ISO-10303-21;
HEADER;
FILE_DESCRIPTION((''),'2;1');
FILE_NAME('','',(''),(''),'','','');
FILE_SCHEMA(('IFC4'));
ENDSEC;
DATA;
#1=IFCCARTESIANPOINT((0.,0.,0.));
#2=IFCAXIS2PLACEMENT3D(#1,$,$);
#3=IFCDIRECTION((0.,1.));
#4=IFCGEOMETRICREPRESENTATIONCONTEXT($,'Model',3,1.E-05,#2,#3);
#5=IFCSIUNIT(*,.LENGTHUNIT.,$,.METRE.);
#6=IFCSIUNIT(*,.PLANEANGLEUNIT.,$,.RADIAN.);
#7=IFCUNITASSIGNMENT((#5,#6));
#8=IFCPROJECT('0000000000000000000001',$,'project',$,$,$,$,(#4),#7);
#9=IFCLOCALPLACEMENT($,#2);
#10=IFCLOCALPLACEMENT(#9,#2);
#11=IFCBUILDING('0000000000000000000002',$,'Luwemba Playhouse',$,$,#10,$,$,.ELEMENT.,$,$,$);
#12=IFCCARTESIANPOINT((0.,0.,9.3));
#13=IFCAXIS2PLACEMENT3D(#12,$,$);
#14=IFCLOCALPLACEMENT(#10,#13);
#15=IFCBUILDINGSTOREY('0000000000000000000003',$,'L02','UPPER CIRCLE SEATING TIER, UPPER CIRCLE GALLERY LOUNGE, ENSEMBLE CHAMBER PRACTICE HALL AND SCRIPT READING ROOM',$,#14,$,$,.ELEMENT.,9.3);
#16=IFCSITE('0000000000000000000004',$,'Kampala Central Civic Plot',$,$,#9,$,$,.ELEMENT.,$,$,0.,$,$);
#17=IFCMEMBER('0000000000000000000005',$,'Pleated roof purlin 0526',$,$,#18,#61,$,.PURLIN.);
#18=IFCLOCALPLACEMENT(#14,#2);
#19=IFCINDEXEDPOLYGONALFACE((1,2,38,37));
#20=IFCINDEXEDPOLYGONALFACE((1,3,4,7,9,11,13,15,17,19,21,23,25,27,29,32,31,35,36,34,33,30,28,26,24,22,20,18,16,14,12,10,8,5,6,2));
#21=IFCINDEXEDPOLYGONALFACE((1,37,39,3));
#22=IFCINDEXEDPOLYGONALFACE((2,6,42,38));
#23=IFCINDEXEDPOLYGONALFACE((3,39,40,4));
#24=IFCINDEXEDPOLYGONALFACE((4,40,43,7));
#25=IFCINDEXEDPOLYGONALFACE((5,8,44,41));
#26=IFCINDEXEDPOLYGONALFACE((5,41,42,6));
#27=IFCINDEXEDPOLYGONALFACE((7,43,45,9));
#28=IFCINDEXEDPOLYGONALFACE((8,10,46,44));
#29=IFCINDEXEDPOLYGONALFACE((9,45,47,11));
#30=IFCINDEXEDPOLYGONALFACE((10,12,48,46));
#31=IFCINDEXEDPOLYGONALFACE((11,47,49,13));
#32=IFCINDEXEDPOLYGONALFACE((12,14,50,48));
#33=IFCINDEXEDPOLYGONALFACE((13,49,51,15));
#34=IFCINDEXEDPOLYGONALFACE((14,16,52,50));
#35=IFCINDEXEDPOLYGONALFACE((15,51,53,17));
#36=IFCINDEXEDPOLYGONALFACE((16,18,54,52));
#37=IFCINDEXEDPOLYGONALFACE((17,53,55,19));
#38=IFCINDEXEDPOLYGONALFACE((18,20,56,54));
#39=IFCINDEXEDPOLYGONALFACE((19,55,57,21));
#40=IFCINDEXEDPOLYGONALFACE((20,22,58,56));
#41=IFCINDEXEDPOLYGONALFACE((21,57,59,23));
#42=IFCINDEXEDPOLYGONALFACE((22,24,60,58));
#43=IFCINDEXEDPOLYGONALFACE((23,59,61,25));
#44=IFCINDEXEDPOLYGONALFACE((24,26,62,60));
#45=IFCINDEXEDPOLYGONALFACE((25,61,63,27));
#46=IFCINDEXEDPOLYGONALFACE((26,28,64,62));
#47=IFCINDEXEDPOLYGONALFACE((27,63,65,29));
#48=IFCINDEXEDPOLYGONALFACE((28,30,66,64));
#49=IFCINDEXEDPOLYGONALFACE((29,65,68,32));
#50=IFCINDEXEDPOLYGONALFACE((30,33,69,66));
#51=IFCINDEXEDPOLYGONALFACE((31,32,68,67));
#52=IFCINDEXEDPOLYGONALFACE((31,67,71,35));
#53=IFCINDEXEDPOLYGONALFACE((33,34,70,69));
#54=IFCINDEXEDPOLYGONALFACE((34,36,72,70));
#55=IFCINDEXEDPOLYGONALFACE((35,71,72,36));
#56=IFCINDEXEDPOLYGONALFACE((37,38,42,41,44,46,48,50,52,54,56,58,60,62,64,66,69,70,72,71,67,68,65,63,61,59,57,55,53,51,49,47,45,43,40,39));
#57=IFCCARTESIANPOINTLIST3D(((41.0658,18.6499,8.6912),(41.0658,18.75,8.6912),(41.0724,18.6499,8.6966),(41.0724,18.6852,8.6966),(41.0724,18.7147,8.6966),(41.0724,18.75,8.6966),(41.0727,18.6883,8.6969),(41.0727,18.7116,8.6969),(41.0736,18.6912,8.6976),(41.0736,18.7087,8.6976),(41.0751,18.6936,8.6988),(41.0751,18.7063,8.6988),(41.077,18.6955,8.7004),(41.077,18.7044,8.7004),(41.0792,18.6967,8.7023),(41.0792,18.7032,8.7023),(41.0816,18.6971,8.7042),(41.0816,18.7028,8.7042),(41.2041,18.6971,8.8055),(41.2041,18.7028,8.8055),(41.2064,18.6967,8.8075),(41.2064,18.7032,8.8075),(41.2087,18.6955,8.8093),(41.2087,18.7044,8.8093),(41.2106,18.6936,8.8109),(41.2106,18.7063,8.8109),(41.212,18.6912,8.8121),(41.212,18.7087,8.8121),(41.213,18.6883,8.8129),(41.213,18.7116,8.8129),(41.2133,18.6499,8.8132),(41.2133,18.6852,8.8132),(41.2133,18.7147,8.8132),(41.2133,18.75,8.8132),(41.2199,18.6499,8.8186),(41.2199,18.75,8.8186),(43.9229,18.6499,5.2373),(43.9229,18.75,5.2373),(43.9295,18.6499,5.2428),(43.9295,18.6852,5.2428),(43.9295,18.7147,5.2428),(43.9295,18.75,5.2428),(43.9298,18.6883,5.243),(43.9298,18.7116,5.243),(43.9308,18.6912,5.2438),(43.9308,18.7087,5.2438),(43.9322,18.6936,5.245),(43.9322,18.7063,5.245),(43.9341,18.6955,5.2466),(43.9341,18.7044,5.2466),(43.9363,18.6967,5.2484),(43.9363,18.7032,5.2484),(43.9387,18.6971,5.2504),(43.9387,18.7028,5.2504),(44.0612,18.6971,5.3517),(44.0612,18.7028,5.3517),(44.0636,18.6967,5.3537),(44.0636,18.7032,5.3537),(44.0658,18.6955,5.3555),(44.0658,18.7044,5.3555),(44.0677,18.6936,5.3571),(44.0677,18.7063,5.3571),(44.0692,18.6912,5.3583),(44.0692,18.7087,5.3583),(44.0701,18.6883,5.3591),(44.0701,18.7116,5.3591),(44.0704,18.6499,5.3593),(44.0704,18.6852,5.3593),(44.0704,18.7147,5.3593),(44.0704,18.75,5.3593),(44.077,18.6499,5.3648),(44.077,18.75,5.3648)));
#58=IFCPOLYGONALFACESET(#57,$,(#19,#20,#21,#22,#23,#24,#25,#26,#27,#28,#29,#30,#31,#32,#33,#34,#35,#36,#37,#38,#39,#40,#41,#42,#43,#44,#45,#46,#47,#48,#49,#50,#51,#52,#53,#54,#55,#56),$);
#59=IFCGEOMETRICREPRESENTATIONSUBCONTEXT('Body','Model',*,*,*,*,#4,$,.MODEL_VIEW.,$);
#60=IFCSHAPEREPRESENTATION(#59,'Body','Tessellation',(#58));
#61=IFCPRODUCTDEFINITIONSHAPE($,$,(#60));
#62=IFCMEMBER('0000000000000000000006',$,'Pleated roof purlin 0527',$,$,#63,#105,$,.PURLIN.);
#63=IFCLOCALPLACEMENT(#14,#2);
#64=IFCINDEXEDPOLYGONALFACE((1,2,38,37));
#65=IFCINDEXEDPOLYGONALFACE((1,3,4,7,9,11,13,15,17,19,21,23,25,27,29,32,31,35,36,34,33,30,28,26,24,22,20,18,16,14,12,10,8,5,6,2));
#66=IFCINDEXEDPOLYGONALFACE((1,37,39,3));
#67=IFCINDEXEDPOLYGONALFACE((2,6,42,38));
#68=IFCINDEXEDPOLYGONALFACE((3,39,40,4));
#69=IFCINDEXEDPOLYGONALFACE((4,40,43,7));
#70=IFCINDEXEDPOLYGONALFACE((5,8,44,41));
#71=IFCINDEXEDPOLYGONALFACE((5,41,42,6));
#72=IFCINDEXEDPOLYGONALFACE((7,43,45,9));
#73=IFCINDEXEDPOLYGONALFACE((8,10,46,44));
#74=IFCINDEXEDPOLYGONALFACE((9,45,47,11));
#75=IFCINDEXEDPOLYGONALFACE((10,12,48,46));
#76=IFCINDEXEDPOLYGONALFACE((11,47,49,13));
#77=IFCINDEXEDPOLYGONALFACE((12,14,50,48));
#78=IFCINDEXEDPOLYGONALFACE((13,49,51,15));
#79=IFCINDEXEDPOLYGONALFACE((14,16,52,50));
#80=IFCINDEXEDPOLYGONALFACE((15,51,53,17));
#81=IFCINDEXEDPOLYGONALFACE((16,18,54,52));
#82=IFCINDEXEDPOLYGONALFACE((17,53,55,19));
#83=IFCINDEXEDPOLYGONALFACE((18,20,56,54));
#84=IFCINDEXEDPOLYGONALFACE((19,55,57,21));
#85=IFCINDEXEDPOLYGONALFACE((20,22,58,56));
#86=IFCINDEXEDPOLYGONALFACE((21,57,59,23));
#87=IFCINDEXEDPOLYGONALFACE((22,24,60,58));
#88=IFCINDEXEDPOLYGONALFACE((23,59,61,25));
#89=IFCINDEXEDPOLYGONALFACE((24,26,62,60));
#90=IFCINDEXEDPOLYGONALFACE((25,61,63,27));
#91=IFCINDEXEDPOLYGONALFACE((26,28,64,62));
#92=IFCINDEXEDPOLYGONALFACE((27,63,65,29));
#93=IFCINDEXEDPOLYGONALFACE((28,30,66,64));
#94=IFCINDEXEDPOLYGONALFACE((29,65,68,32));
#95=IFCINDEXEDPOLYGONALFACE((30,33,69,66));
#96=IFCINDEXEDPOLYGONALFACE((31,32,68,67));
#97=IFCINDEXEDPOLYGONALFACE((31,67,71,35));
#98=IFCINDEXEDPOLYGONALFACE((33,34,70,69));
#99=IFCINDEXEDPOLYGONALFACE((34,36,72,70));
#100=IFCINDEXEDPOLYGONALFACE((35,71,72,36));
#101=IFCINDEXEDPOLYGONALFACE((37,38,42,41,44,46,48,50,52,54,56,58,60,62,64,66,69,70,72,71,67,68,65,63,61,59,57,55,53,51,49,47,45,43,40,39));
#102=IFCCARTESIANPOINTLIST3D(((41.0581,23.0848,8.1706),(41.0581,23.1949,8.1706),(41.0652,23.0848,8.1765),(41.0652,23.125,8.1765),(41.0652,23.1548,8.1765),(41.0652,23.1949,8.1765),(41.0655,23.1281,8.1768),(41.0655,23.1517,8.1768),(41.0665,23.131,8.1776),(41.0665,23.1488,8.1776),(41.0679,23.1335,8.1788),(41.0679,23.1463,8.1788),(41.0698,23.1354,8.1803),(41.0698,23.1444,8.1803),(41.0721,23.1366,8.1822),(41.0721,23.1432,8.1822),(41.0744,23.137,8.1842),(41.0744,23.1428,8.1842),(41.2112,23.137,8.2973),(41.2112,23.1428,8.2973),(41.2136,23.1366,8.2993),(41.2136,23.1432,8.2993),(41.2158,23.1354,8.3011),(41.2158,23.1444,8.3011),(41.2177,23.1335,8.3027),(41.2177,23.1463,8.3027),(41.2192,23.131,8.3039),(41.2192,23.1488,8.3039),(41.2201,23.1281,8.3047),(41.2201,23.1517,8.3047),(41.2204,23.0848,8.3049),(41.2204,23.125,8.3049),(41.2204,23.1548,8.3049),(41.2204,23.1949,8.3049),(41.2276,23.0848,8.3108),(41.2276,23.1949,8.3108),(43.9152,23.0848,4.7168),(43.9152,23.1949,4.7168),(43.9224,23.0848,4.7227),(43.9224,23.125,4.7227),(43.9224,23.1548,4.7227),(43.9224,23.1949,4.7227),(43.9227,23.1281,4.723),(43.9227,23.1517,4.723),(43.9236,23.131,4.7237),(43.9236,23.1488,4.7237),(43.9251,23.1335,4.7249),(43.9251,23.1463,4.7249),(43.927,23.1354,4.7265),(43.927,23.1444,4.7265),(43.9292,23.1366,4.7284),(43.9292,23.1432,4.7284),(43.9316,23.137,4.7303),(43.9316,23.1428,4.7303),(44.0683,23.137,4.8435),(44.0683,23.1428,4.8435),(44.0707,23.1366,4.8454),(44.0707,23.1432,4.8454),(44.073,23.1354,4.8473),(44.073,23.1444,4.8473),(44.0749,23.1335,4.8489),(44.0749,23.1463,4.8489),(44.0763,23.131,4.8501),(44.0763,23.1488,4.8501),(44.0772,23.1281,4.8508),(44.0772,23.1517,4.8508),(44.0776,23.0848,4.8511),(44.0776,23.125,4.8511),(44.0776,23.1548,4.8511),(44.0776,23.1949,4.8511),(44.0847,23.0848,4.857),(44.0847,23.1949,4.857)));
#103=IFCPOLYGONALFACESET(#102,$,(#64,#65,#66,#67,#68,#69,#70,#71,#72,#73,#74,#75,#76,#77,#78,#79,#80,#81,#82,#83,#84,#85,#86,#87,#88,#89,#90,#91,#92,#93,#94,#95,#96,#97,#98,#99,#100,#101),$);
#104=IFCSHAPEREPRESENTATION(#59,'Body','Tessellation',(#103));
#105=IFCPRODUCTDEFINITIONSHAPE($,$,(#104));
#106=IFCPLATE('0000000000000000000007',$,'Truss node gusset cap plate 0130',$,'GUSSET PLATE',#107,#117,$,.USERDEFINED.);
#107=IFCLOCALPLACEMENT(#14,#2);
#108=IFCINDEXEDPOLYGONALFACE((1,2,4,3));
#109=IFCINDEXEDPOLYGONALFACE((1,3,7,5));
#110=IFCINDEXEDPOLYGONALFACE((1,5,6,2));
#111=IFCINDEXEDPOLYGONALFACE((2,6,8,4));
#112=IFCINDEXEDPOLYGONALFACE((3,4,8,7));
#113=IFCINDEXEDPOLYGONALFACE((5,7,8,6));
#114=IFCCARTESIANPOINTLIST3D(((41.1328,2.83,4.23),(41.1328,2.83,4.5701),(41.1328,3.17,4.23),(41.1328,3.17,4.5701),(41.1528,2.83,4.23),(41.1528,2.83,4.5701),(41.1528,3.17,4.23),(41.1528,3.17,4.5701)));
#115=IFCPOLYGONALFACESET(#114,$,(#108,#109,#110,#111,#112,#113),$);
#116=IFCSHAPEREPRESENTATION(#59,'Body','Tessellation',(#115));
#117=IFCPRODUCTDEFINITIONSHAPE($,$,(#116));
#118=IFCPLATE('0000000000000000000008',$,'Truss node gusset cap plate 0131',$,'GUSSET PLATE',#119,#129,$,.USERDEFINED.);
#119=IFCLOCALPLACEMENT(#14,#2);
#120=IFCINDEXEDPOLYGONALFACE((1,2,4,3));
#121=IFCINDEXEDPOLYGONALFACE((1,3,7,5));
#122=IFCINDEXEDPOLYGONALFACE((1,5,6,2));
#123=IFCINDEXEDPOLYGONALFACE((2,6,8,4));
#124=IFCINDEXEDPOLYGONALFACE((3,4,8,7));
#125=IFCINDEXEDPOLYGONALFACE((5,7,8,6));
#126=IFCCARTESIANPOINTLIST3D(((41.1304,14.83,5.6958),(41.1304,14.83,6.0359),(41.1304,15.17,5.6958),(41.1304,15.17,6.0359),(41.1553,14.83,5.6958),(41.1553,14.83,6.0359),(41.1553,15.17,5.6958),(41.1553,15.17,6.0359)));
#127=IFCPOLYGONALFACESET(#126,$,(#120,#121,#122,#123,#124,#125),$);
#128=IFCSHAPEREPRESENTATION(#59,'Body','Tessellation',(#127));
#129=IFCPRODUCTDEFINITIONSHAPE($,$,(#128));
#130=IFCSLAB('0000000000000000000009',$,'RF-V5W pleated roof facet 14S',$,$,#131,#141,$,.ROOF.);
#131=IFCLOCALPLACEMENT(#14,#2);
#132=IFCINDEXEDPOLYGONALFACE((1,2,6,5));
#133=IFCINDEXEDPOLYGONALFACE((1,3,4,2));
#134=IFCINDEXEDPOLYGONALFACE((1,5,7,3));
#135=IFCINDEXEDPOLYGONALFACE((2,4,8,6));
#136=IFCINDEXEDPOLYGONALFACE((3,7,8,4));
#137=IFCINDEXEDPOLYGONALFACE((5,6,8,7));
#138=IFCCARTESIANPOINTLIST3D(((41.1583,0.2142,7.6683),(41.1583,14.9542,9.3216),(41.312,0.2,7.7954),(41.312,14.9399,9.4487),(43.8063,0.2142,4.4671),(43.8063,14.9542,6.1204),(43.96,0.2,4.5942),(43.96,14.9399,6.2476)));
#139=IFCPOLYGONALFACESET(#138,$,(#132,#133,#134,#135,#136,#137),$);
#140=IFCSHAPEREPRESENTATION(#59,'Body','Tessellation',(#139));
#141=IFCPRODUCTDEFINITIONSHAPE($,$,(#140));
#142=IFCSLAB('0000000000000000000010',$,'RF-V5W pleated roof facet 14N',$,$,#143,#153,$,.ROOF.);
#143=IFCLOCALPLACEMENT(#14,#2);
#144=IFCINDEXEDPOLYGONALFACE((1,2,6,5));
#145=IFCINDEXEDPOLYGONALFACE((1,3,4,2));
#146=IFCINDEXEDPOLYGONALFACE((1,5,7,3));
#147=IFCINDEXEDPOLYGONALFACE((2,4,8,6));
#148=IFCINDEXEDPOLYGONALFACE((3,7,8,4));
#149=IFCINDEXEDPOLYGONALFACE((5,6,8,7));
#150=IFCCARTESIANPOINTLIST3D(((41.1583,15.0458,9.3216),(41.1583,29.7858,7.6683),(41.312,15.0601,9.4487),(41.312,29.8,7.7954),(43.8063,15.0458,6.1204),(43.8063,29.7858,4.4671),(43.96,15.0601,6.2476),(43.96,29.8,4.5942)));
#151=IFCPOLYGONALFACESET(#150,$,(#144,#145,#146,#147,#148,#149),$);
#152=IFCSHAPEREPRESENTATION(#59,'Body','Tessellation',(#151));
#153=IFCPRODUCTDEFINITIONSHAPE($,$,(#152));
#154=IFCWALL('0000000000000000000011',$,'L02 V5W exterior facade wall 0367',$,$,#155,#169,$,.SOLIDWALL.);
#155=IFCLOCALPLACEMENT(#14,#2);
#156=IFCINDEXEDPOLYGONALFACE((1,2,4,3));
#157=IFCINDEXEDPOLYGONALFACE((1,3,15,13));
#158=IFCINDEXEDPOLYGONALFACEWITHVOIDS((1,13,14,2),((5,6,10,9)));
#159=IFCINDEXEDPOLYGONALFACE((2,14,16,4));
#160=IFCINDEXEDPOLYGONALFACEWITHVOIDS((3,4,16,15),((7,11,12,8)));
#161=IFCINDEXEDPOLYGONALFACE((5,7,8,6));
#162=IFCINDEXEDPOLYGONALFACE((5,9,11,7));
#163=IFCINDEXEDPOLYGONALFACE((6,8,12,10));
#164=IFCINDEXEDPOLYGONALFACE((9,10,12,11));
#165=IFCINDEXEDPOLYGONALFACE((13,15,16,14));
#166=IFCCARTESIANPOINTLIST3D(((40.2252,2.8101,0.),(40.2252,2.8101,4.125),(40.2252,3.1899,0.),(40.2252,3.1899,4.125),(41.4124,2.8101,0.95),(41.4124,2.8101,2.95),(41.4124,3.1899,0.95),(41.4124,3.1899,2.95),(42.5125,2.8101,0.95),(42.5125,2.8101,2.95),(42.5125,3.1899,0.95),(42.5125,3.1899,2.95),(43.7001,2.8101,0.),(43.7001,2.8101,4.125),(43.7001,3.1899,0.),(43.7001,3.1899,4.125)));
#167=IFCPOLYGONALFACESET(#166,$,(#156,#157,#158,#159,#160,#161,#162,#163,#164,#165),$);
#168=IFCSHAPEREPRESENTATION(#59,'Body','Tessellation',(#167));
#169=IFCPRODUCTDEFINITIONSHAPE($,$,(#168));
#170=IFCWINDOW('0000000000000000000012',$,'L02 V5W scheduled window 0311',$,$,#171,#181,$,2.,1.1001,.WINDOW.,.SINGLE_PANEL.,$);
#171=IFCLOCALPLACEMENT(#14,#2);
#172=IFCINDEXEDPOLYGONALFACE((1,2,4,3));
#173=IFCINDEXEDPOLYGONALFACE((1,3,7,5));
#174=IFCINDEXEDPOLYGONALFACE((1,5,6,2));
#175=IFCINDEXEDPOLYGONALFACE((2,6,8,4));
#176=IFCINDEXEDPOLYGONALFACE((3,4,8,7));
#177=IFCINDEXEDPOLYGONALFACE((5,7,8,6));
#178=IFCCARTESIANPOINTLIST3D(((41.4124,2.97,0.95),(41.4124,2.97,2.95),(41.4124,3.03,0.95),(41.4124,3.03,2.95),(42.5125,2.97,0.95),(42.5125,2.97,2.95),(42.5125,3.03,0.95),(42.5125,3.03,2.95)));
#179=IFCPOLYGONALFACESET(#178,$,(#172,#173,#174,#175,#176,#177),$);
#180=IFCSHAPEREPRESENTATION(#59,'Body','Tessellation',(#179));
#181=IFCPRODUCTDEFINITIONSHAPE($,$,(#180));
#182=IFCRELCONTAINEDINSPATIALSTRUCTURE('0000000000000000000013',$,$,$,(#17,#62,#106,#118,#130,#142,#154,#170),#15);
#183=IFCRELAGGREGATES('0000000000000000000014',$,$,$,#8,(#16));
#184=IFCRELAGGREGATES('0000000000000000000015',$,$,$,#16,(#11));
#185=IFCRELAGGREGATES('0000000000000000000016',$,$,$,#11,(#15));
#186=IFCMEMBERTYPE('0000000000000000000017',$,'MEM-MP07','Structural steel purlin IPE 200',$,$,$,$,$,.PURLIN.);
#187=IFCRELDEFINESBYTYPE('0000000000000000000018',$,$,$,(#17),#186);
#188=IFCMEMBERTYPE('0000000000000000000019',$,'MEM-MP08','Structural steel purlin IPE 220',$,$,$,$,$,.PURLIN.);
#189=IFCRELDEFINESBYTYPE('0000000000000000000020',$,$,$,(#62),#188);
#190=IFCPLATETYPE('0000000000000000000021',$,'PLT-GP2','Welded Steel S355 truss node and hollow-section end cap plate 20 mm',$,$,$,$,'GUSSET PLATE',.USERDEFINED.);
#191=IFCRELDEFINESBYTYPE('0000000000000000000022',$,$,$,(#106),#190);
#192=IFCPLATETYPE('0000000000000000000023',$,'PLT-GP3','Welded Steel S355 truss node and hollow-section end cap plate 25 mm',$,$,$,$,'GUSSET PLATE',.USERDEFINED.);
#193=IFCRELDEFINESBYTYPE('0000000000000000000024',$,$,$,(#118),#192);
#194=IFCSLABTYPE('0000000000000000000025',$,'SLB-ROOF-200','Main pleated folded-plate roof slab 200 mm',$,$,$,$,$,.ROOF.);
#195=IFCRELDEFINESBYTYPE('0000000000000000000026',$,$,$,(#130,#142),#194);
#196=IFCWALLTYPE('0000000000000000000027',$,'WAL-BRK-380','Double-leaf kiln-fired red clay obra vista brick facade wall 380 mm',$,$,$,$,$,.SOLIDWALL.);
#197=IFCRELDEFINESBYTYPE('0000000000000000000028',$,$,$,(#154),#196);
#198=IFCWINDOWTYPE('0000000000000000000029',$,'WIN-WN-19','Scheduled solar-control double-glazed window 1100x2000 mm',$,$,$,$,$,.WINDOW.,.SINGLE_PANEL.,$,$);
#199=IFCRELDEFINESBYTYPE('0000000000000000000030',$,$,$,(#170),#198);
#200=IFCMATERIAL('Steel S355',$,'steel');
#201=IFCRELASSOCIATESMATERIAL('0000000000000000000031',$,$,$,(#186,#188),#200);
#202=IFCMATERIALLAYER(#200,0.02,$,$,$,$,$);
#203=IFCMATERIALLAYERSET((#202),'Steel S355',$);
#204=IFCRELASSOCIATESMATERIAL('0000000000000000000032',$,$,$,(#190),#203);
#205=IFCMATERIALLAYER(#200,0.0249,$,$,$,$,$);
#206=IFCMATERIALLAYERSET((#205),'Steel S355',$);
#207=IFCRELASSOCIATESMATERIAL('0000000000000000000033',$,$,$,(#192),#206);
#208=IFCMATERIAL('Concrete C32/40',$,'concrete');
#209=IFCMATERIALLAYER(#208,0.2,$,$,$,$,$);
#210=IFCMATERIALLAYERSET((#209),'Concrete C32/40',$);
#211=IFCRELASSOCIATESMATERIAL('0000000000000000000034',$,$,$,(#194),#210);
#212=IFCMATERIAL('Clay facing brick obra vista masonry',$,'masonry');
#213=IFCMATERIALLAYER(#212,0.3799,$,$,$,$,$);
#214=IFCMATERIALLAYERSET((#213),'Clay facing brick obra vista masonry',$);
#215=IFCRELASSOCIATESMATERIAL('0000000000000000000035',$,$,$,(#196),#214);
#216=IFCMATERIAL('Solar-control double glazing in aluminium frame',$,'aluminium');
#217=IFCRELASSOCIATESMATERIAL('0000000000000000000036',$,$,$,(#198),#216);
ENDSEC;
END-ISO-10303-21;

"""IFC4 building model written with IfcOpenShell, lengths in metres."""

from ifc_helpers import new_model, si_unit, direction, frame, frame_2d, origin, origin_2d, place, context, subcontext, project, spatial, polyline, rectangle, i_section, outline, extrude, material, layer, layer_set, material_profile, profile_set, type_object, element, fill, save


model = new_model("IFC4")

# Units and contexts
model_context = context("Model", 3, precision=1e-05, world=origin(), true_north=direction((0.0, 1.0)))
body_context = subcontext(model_context, "Body", "Model", "MODEL_VIEW")
ifc_project = project(units=[si_unit("LENGTHUNIT", "METRE"), si_unit("PLANEANGLEUNIT", "RADIAN")], contexts=[model_context])

# Site, building, storey
site_placement = place(None, origin())
site = spatial("IfcSite", under=ifc_project, at=site_placement, Name="Kampala Central Civic Plot", CompositionType="ELEMENT", RefElevation=0.0)
building_placement = place(site_placement, origin())
building = spatial("IfcBuilding", under=site, at=building_placement, Name="Luwemba Playhouse", CompositionType="ELEMENT")
storey_placement = place(building_placement, frame((0.0, 0.0, 9.3)))
storey = spatial("IfcBuildingStorey", under=building, at=storey_placement, Name="L02", Description="UPPER CIRCLE SEATING TIER, UPPER CIRCLE GALLERY LOUNGE, ENSEMBLE CHAMBER PRACTICE HALL AND SCRIPT READING ROOM", CompositionType="ELEMENT", Elevation=9.3)

# Shared definitions
ifc_material_1 = material(Name="Steel S355", Category="steel")

# Members
ifc_material_profile_1 = material_profile(ifc_material_1, i_section(OverallWidth=0.1001, OverallDepth=0.2, WebThickness=0.0056, FlangeThickness=0.0085, FilletRadius=0.012, at=origin_2d()))
ifc_profile_set_1 = profile_set([ifc_material_profile_1], Name="Steel S355")
member_type_1 = type_object("IfcMemberType", Name="MEM-MP07", Description="Structural steel purlin IPE 200", PredefinedType="PURLIN", material=ifc_profile_set_1)
member_1_placement = place(storey_placement, frame((41.1428, 18.7, 8.7549), z_axis=(0.637411, 0.0, -0.770524), x_axis=(0.0, 1.0, 0.0)))
element("IfcMember", 1, at=member_1_placement, inside=storey, type_object=member_type_1, Name="Pleated roof purlin 0526", PredefinedType="PURLIN", context=body_context, shape_type="SweptSolid", body=[
    extrude(i_section(OverallWidth=0.1001, OverallDepth=0.2, WebThickness=0.0056, FlangeThickness=0.0085, FilletRadius=0.012, at=origin_2d()), origin(), (0.0, 0.0, 1.0), 4.4824),
])
ifc_material_profile_2 = material_profile(ifc_material_1, i_section(OverallWidth=0.1101, OverallDepth=0.22, WebThickness=0.0059, FlangeThickness=0.0093, FilletRadius=0.012, at=origin_2d()))
ifc_profile_set_2 = profile_set([ifc_material_profile_2], Name="Steel S355")
member_type_2 = type_object("IfcMemberType", Name="MEM-MP08", Description="Structural steel purlin IPE 220", PredefinedType="PURLIN", material=ifc_profile_set_2)
member_2_placement = place(storey_placement, frame((41.1428, 23.1399, 8.2407), z_axis=(0.637411, 0.0, -0.770524), x_axis=(0.0, 1.0, 0.0)))
element("IfcMember", 2, at=member_2_placement, inside=storey, type_object=member_type_2, Name="Pleated roof purlin 0527", PredefinedType="PURLIN", context=body_context, shape_type="SweptSolid", body=[
    extrude(i_section(OverallWidth=0.1101, OverallDepth=0.22, WebThickness=0.0059, FlangeThickness=0.0093, FilletRadius=0.012, at=origin_2d()), origin(), (0.0, 0.0, 1.0), 4.4824),
])

# Plates
ifc_layer_1 = layer(ifc_material_1, 0.02)
ifc_layer_set_1 = layer_set([ifc_layer_1], Name="Steel S355")
plate_type_1 = type_object("IfcPlateType", Name="PLT-GP2", Description="Welded Steel S355 truss node and hollow-section end cap plate 20 mm", ElementType="GUSSET PLATE", PredefinedType="USERDEFINED", material=ifc_layer_set_1)
plate_1_placement = place(storey_placement, frame((41.1428, 3.0, 4.23), z_axis=(0.0, 0.0, 1.0), x_axis=(1.0, 0.0, 0.0)))
element("IfcPlate", 3, at=plate_1_placement, inside=storey, type_object=plate_type_1, Name="Truss node gusset cap plate 0130", ObjectType="GUSSET PLATE", PredefinedType="USERDEFINED", context=body_context, shape_type="SweptSolid", body=[
    extrude(rectangle(XDim=0.02, YDim=0.3401, at=origin_2d()), origin(), (0.0, 0.0, 1.0), 0.3401),
])
ifc_layer_2 = layer(ifc_material_1, 0.0249)
ifc_layer_set_2 = layer_set([ifc_layer_2], Name="Steel S355")
plate_type_2 = type_object("IfcPlateType", Name="PLT-GP3", Description="Welded Steel S355 truss node and hollow-section end cap plate 25 mm", ElementType="GUSSET PLATE", PredefinedType="USERDEFINED", material=ifc_layer_set_2)
plate_2_placement = place(storey_placement, frame((41.1428, 15.0, 5.6958), z_axis=(0.0, 0.0, 1.0), x_axis=(1.0, 0.0, 0.0)))
element("IfcPlate", 4, at=plate_2_placement, inside=storey, type_object=plate_type_2, Name="Truss node gusset cap plate 0131", ObjectType="GUSSET PLATE", PredefinedType="USERDEFINED", context=body_context, shape_type="SweptSolid", body=[
    extrude(rectangle(XDim=0.0249, YDim=0.3401, at=origin_2d()), origin(), (0.0, 0.0, 1.0), 0.3401),
])

# Slabs
ifc_material_2 = material(Name="Concrete C32/40", Category="concrete")
ifc_layer_3 = layer(ifc_material_2, 0.2)
ifc_layer_set_3 = layer_set([ifc_layer_3], Name="Concrete C32/40")
slab_type = type_object("IfcSlabType", Name="SLB-ROOF-200", Description="Main pleated folded-plate roof slab 200 mm", PredefinedType="ROOF", material=ifc_layer_set_3)
slab_1_placement = place(storey_placement, frame((41.312, 0.2, 7.7954), z_axis=(0.768586, -0.07131, 0.63576), x_axis=(0.637382, 0.0, -0.770548)))
element("IfcSlab", 5, at=slab_1_placement, inside=storey, type_object=slab_type, Name="RF-V5W pleated roof facet 14S", PredefinedType="ROOF", context=body_context, shape_type="SweptSolid", body=[
    extrude(outline(polyline([(0.0, 0.0), (4.1544, 0.0), (2.8804, 14.7776), (-1.274, 14.7776), (0.0, 0.0)])), origin(), (0.0, 0.0, -1.0), 0.2),
])
slab_2_placement = place(storey_placement, frame((41.312, 15.0601, 9.4487), z_axis=(0.768586, 0.07131, 0.63576), x_axis=(0.637382, 0.0, -0.770548)))
element("IfcSlab", 6, at=slab_2_placement, inside=storey, type_object=slab_type, Name="RF-V5W pleated roof facet 14N", PredefinedType="ROOF", context=body_context, shape_type="SweptSolid", body=[
    extrude(outline(polyline([(0.0, 0.0), (4.1544, 0.0), (5.4284, 14.7776), (1.274, 14.7776), (0.0, 0.0)])), origin(), (0.0, 0.0, -1.0), 0.2),
])

# Wall, opening, window
ifc_material_3 = material(Name="Clay facing brick obra vista masonry", Category="masonry")
ifc_layer_4 = layer(ifc_material_3, 0.3799)
ifc_layer_set_4 = layer_set([ifc_layer_4], Name="Clay facing brick obra vista masonry")
wall_type = type_object("IfcWallType", Name="WAL-BRK-380", Description="Double-leaf kiln-fired red clay obra vista brick facade wall 380 mm", PredefinedType="SOLIDWALL", material=ifc_layer_set_4)
wall_placement = place(storey_placement, frame((43.7, 3.0, 0.0), z_axis=(0.0, 0.0, 1.0), x_axis=(-1.0, 0.0, 0.0)))
wall = element("IfcWall", 7, at=wall_placement, inside=storey, type_object=wall_type, Name="L02 V5W exterior facade wall 0367", PredefinedType="SOLIDWALL", context=body_context, shape_type="SweptSolid", body=[
    extrude(rectangle(XDim=3.4749, YDim=0.3799, at=frame_2d((1.7373, 0.0))), origin(), (0.0, 0.0, 1.0), 4.125),
])
opening_placement = place(wall_placement, frame((1.1875, 0.0, 0.95)))
opening = element("IfcOpeningElement", 8, at=opening_placement, cuts=wall, PredefinedType="OPENING", context=body_context, shape_type="SweptSolid", body=[
    extrude(rectangle(XDim=1.1001, YDim=2.0, at=frame_2d((0.55, 1.0))), frame((0.0, 0.2, 0.0), z_axis=(0.0, -1.0, 0.0), x_axis=(1.0, 0.0, 0.0)), (0.0, 0.0, 1.0), 0.3999),
])
ifc_material_4 = material(Name="Solar-control double glazing in aluminium frame", Category="aluminium")
window_type = type_object("IfcWindowType", Name="WIN-WN-19", Description="Scheduled solar-control double-glazed window 1100x2000 mm", PartitioningType="SINGLE_PANEL", PredefinedType="WINDOW", material=ifc_material_4)
window_placement = place(opening_placement, origin())
window = element("IfcWindow", 9, at=window_placement, inside=storey, type_object=window_type, Name="L02 V5W scheduled window 0311", OverallHeight=2.0, OverallWidth=1.1001, PartitioningType="SINGLE_PANEL", PredefinedType="WINDOW", context=body_context, shape_type="SweptSolid", body=[
    extrude(rectangle(XDim=1.1001, YDim=2.0, at=frame_2d((0.55, 1.0))), frame((0.0, 0.03, 0.0), z_axis=(0.0, -1.0, 0.0), x_axis=(1.0, 0.0, 0.0)), (0.0, 0.0, 1.0), 0.0601),
])
fill(opening, window)

save(model, "model.ifc")
